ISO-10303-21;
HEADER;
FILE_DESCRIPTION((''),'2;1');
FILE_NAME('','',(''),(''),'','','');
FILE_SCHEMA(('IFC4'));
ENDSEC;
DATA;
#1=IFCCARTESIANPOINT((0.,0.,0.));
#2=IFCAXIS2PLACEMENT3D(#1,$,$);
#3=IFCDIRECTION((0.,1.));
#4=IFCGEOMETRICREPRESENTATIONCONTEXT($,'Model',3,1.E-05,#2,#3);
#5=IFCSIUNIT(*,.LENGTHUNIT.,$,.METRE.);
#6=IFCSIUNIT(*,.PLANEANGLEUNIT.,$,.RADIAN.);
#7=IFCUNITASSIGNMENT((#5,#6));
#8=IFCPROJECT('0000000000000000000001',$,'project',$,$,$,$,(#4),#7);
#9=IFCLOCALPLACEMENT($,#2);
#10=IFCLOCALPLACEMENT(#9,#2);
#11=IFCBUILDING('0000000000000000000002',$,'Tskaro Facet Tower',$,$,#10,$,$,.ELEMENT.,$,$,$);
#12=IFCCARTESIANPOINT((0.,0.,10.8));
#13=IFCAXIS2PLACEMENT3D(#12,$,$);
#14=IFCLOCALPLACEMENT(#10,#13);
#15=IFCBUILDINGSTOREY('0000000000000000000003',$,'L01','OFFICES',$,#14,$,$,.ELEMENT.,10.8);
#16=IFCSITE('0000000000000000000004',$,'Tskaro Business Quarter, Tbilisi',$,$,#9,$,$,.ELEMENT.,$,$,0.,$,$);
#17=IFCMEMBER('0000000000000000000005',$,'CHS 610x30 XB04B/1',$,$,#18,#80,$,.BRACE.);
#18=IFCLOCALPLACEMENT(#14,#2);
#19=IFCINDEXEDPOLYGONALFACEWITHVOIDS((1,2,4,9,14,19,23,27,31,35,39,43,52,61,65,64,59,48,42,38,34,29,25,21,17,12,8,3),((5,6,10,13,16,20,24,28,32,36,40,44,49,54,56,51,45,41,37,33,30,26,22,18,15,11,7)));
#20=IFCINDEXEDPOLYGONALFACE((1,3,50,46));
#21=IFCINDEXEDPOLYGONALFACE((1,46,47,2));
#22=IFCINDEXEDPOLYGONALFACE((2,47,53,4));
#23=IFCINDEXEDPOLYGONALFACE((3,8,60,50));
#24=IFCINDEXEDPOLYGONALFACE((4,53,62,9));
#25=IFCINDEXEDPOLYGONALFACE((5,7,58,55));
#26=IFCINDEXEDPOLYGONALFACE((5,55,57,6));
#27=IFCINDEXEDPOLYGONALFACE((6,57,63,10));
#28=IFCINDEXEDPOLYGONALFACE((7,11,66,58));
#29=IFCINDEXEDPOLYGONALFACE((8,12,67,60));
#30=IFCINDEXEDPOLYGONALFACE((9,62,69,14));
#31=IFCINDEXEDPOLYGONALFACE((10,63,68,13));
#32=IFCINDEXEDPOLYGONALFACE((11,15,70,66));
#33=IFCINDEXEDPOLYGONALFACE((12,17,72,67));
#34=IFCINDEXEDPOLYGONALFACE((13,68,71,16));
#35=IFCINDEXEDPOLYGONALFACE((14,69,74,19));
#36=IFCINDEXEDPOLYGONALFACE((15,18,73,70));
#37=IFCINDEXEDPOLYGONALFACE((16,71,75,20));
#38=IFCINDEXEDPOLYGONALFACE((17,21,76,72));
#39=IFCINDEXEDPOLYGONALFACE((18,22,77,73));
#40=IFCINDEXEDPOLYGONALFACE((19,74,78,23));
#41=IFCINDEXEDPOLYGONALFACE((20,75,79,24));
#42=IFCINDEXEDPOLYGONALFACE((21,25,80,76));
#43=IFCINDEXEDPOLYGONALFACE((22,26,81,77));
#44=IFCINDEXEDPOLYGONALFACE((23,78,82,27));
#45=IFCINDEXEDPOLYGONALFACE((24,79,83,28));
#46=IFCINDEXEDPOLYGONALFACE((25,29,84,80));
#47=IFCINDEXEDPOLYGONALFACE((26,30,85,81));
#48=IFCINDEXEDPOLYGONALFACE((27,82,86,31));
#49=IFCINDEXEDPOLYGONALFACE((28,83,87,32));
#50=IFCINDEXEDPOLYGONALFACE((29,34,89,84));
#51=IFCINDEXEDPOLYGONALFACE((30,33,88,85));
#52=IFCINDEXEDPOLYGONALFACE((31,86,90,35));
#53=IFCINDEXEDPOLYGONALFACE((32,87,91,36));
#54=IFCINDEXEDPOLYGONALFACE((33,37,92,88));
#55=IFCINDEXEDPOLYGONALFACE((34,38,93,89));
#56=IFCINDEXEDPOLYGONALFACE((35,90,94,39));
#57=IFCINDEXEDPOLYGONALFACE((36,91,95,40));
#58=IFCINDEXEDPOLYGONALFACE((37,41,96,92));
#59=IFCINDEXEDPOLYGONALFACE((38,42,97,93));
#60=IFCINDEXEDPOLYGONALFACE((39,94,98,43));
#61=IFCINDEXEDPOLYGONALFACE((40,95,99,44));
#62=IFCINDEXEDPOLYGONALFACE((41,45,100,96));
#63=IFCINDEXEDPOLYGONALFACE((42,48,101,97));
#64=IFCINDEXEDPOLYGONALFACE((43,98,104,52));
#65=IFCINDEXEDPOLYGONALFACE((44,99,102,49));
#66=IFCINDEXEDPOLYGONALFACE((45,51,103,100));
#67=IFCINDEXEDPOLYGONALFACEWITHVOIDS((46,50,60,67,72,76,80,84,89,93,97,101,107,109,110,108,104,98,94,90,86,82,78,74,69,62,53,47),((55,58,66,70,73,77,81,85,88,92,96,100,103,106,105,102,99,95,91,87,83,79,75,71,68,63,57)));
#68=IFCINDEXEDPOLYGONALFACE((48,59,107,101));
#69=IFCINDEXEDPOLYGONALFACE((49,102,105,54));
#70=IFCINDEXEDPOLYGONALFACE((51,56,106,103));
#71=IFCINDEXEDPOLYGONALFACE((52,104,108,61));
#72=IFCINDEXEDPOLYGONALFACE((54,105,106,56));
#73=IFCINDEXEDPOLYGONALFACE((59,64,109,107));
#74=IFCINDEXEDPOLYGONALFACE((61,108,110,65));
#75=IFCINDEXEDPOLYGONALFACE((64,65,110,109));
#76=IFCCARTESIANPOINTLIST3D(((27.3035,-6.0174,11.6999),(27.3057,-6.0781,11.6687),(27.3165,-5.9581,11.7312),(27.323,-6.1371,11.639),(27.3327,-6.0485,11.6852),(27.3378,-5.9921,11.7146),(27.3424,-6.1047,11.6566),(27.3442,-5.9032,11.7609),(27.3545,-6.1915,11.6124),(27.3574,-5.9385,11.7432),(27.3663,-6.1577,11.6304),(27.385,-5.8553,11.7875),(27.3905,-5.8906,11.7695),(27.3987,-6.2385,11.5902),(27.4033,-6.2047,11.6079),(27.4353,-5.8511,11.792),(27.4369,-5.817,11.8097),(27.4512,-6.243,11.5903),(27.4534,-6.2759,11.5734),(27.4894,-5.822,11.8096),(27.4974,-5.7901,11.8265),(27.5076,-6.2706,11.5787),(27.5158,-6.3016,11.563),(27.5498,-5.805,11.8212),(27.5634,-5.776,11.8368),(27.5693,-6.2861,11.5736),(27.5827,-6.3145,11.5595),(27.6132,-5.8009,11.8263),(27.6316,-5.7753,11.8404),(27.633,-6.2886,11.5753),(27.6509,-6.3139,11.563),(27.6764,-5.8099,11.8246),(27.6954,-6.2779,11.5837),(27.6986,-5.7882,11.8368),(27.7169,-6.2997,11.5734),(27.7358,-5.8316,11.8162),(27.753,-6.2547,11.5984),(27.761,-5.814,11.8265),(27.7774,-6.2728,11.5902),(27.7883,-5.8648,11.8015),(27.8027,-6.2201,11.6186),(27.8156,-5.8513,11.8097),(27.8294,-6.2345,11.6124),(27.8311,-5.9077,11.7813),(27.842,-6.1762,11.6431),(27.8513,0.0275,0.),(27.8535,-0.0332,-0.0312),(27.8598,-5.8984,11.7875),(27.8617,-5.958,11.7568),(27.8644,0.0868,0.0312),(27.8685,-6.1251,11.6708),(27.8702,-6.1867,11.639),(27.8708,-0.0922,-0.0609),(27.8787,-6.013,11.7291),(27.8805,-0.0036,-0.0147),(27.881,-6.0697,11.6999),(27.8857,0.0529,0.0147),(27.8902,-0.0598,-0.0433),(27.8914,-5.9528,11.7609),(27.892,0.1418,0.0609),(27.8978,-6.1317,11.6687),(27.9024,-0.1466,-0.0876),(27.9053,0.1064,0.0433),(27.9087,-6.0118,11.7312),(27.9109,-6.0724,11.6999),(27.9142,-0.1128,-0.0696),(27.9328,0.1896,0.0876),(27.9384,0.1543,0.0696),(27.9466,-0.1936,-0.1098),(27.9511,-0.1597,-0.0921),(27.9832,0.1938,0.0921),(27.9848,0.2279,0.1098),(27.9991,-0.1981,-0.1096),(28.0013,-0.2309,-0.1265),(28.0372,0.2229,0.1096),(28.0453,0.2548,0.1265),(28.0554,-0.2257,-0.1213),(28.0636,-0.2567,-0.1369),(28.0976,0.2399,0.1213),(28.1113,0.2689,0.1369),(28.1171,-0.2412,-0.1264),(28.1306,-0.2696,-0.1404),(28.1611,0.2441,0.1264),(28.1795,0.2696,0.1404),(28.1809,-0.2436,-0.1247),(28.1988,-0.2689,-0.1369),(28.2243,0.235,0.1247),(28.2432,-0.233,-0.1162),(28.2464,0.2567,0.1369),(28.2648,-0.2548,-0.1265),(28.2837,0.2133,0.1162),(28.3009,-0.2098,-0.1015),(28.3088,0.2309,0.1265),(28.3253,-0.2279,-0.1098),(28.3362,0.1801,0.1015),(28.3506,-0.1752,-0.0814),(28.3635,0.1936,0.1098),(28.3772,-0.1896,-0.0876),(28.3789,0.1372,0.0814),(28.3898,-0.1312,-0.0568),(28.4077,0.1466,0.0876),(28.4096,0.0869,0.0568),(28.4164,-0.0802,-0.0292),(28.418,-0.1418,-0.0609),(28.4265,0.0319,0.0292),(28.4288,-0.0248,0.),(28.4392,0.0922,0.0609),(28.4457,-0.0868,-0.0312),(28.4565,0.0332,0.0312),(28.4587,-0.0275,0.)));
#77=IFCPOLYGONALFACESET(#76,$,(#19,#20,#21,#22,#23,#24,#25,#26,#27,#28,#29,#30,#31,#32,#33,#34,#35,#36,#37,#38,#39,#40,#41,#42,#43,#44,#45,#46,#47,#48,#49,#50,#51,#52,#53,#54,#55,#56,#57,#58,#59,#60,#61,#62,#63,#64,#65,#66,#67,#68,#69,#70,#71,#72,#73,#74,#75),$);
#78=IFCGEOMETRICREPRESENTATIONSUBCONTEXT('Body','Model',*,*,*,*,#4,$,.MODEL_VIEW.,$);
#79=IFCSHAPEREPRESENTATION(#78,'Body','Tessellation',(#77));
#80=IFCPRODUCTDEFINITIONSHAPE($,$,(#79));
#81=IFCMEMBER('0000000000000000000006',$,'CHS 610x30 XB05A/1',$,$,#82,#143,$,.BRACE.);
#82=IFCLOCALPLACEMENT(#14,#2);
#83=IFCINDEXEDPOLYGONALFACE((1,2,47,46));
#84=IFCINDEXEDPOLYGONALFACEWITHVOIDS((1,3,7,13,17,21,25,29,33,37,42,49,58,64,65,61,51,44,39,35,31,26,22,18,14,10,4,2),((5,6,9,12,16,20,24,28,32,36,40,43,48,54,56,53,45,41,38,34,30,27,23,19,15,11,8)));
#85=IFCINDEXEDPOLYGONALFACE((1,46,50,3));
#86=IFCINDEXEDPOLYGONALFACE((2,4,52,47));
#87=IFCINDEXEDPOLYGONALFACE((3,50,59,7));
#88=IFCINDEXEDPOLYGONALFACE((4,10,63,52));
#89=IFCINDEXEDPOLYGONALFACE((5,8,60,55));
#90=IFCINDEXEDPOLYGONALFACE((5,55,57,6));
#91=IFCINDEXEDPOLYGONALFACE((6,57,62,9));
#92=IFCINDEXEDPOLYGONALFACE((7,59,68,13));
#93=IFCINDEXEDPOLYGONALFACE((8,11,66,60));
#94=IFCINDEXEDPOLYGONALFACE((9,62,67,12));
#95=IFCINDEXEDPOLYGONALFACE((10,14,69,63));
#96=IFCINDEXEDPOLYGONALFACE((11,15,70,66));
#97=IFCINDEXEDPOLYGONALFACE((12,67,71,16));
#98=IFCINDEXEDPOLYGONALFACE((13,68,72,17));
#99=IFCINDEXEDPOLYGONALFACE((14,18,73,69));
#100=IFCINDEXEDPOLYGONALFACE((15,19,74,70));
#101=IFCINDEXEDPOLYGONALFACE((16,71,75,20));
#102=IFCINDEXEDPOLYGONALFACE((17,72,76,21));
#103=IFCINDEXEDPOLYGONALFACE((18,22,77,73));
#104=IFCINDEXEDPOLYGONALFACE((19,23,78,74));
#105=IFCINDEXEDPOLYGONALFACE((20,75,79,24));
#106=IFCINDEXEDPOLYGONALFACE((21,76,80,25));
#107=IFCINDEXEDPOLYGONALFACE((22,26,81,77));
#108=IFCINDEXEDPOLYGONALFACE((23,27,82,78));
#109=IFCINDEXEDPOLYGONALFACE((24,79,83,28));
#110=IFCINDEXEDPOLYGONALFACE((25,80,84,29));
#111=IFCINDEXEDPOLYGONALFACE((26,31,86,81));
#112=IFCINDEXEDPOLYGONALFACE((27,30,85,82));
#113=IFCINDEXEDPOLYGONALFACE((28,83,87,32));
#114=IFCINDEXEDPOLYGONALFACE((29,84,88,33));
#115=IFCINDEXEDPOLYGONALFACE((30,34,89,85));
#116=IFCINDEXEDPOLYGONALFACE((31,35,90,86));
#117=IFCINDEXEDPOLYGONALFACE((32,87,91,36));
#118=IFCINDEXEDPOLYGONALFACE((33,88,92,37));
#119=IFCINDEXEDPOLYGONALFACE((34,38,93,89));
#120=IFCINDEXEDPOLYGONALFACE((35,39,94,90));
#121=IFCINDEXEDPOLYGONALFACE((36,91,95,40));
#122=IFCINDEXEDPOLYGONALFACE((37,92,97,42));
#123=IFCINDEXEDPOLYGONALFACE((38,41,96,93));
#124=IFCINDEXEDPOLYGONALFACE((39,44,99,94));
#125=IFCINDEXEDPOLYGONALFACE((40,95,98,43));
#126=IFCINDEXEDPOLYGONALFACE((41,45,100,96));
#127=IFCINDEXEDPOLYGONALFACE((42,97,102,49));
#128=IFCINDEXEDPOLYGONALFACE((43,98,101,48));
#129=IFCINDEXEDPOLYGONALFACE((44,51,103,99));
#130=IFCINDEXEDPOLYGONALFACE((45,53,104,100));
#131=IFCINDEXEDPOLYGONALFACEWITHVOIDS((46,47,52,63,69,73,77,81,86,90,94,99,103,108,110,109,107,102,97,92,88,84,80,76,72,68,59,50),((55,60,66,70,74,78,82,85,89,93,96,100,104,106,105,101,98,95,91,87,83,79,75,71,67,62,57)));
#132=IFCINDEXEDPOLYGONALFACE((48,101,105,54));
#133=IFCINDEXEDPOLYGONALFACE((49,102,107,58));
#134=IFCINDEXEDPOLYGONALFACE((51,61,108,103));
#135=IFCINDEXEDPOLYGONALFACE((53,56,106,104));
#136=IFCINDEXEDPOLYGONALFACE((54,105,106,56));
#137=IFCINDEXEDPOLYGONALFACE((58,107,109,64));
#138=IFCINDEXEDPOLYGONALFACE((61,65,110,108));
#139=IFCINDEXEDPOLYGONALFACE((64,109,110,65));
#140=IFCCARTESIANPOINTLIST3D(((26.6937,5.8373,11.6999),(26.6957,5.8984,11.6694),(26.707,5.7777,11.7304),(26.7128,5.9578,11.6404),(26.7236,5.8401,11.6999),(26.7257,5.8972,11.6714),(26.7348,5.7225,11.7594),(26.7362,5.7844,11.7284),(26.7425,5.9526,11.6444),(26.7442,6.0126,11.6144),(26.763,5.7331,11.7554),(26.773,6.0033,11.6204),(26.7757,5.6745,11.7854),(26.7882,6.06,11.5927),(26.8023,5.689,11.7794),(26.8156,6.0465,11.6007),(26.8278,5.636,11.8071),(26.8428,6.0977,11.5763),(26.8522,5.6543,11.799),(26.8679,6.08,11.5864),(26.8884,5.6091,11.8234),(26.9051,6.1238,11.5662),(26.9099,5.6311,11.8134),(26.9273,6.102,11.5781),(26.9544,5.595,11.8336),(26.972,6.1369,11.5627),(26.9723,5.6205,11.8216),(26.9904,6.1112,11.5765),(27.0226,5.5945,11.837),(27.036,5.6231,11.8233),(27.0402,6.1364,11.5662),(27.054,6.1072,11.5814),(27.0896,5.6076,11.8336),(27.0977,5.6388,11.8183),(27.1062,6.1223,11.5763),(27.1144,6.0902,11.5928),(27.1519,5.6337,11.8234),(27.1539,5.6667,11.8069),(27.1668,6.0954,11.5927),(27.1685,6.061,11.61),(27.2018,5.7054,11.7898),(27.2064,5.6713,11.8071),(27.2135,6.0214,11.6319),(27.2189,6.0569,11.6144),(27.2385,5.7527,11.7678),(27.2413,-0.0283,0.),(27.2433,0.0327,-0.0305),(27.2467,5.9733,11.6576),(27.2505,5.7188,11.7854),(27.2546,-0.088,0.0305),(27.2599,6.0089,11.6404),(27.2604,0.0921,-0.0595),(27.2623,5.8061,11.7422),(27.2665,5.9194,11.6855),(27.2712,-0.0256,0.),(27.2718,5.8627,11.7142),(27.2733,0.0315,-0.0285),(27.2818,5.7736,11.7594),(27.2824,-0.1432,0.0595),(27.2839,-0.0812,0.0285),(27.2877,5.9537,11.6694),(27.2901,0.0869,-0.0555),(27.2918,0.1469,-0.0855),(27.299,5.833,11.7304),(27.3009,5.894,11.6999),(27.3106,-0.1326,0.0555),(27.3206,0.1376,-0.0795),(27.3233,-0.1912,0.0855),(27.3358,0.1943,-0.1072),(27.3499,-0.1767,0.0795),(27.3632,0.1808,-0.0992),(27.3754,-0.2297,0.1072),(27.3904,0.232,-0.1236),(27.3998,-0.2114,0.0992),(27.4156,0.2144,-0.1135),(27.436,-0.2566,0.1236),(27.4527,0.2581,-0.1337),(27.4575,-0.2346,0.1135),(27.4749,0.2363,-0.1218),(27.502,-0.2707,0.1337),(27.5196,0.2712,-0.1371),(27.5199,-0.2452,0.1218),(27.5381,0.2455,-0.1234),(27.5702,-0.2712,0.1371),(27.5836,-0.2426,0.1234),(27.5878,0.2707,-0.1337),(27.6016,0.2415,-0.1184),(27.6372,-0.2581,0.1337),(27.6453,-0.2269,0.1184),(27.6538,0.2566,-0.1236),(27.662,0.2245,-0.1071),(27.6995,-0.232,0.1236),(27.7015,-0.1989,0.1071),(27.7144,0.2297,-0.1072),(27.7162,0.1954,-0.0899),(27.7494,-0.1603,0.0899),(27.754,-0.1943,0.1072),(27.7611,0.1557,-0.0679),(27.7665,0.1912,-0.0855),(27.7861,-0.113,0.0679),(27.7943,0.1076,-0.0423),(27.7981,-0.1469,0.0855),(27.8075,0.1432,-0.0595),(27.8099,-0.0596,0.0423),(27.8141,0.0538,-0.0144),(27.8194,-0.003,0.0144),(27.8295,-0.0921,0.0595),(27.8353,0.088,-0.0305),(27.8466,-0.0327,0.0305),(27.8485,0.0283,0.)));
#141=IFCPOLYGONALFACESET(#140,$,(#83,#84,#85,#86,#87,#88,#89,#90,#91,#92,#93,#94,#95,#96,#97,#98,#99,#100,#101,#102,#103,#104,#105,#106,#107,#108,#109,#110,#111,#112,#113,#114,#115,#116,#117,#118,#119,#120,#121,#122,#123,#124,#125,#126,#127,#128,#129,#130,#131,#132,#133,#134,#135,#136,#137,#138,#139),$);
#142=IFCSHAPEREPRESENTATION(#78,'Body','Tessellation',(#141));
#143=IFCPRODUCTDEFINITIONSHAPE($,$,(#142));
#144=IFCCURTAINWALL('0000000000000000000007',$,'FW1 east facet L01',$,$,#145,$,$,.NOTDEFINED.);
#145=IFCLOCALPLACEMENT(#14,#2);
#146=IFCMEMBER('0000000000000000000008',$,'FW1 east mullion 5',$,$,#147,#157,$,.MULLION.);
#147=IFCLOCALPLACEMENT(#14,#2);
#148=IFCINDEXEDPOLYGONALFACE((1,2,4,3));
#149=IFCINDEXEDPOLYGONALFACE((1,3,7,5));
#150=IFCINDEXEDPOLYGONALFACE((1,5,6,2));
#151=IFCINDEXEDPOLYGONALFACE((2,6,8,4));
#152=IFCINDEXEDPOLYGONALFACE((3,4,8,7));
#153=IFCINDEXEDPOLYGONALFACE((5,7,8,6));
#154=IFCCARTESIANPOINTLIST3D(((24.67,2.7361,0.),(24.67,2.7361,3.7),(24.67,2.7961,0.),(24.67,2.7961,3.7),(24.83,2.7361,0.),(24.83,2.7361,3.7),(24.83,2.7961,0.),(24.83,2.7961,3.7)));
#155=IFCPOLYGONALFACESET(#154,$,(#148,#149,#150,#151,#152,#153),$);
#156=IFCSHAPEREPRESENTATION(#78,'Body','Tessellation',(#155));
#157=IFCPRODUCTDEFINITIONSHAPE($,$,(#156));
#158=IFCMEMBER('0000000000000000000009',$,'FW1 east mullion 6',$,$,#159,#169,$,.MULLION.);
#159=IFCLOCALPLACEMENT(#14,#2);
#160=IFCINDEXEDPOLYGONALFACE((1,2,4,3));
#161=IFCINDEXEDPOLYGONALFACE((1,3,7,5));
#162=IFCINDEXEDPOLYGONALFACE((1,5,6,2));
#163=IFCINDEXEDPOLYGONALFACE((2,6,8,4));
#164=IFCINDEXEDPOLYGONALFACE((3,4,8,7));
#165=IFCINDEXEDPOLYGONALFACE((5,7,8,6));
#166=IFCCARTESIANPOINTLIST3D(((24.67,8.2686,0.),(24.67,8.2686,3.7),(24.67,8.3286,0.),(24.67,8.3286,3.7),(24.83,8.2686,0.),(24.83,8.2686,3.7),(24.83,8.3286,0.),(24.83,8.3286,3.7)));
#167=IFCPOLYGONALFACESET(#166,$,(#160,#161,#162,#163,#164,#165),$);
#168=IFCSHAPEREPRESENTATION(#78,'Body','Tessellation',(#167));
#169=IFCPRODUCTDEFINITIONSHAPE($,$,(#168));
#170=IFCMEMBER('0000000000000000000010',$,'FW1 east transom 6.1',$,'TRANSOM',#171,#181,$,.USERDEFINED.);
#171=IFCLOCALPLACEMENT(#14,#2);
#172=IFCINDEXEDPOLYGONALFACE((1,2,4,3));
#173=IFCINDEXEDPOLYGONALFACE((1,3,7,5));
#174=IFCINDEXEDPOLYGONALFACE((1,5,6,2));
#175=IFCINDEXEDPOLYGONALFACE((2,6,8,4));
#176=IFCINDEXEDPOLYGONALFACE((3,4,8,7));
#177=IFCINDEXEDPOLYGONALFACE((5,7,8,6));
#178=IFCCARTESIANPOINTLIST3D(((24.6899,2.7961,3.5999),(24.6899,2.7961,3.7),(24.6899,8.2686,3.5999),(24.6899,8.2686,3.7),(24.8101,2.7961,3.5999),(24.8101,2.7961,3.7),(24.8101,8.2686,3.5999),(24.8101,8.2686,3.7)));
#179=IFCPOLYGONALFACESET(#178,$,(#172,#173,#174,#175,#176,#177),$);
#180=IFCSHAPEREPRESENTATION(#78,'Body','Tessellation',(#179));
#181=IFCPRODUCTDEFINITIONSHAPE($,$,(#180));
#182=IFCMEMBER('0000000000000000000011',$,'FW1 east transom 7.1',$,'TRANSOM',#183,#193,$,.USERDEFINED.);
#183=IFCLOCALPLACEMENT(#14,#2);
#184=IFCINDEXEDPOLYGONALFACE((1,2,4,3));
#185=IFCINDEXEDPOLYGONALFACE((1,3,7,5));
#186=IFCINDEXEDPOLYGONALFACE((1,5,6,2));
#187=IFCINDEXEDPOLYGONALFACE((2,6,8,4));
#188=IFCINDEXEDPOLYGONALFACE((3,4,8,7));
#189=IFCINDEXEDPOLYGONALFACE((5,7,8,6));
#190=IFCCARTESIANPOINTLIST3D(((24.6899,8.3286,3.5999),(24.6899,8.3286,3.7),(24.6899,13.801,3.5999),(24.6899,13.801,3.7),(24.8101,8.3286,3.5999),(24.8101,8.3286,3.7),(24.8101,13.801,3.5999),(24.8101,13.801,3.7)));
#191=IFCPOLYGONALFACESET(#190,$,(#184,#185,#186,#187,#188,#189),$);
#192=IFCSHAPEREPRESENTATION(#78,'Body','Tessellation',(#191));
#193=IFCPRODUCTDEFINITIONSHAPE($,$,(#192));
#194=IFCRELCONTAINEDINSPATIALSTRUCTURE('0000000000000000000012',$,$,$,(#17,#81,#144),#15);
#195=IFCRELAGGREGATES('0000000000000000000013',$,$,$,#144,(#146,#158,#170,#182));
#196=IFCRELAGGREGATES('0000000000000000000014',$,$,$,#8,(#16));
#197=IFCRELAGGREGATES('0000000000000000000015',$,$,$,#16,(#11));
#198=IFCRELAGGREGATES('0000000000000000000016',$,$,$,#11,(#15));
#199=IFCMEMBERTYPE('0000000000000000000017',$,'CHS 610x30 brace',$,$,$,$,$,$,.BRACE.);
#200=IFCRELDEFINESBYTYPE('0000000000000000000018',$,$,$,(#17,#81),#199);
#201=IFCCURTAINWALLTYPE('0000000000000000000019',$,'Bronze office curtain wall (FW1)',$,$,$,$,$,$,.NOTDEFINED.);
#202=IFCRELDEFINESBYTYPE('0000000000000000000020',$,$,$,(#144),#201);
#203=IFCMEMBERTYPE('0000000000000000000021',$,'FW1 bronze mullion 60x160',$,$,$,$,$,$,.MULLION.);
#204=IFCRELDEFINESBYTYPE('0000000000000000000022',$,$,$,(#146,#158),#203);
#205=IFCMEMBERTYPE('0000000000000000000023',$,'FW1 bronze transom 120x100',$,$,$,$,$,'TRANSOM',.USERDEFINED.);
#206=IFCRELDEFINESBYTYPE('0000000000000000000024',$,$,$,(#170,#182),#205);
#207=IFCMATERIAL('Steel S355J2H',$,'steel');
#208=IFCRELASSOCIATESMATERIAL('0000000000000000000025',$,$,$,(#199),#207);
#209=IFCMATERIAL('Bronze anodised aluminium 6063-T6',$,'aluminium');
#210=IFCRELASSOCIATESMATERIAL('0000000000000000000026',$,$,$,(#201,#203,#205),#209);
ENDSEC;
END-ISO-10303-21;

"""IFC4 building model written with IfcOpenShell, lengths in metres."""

from ifc_helpers import new_model, si_unit, direction, frame, origin, origin_2d, place, context, subcontext, project, spatial, rectangle, hollow_circle, extrude, material, material_profile, profile_set, type_object, element, aggregate, save


model = new_model("IFC4")

# Units and contexts
model_context = context("Model", 3, precision=1e-05, world=origin(), true_north=direction((0.0, 1.0)))
body_context = subcontext(model_context, "Body", "Model", "MODEL_VIEW")
ifc_project = project(units=[si_unit("LENGTHUNIT", "METRE"), si_unit("PLANEANGLEUNIT", "RADIAN")], contexts=[model_context])

# Site, building, storey
site_placement = place(None, origin())
site = spatial("IfcSite", under=ifc_project, at=site_placement, Name="Tskaro Business Quarter, Tbilisi", CompositionType="ELEMENT", RefElevation=0.0)
building_placement = place(site_placement, origin())
building = spatial("IfcBuilding", under=site, at=building_placement, Name="Tskaro Facet Tower", CompositionType="ELEMENT")
storey_placement = place(building_placement, frame((0.0, 0.0, 10.8)))
storey = spatial("IfcBuildingStorey", under=building, at=storey_placement, Name="L01", Description="OFFICES", CompositionType="ELEMENT", Elevation=10.8)

# Shared definitions
ifc_material_1 = material(Name="Steel S355J2H", Category="steel")

# Members
ifc_material_profile_1 = material_profile(ifc_material_1, hollow_circle(Radius=0.3049, WallThickness=0.03, at=origin_2d()), Name="CHS 610x30")
ifc_profile_set_1 = profile_set([ifc_material_profile_1], Name="Steel S355J2H")
member_type_1 = type_object("IfcMemberType", Name="CHS 610x30 brace", PredefinedType="BRACE", material=ifc_profile_set_1)
member_1_placement = place(storey_placement, frame((28.155, 0.0, 0.0), z_axis=(-0.041565, -0.45862, 0.88766), x_axis=(0.995918, -0.09026, 0.0)))
element("IfcMember", 1, at=member_1_placement, inside=storey, type_object=member_type_1, Name="CHS 610x30 XB04B/1", PredefinedType="BRACE", context=body_context, shape_type="SweptSolid", body=[
    extrude(hollow_circle(Radius=0.3049, WallThickness=0.03, at=origin_2d()), origin(), (0.0, 0.0, 1.0), 13.1807),
])
member_2_placement = place(storey_placement, frame((27.5449, 0.0, 0.0), z_axis=(-0.041804, 0.447784, 0.893164), x_axis=(-0.99567, -0.092953, 0.0)))
element("IfcMember", 2, at=member_2_placement, inside=storey, type_object=member_type_1, Name="CHS 610x30 XB05A/1", PredefinedType="BRACE", context=body_context, shape_type="SweptSolid", body=[
    extrude(hollow_circle(Radius=0.3049, WallThickness=0.03, at=origin_2d()), origin(), (0.0, 0.0, 1.0), 13.0994),
])

# Curtain wall, members
ifc_material_2 = material(Name="Bronze anodised aluminium 6063-T6", Category="aluminium")
curtain_wall_type = type_object("IfcCurtainWallType", Name="Bronze office curtain wall (FW1)", PredefinedType="NOTDEFINED", material=ifc_material_2)
curtain_wall_placement = place(storey_placement, origin())
curtain_wall = element("IfcCurtainWall", 3, at=curtain_wall_placement, inside=storey, type_object=curtain_wall_type, Name="FW1 east facet L01", PredefinedType="NOTDEFINED")
ifc_material_profile_2 = material_profile(ifc_material_2, rectangle(XDim=0.0601, YDim=0.1599, at=origin_2d()), Name="Mullion 60x160")
ifc_profile_set_2 = profile_set([ifc_material_profile_2], Name="Bronze anodised aluminium 6063-T6")
member_type_2 = type_object("IfcMemberType", Name="FW1 bronze mullion 60x160", PredefinedType="MULLION", material=ifc_profile_set_2)
member_3_placement = place(storey_placement, frame((24.75, 2.7661, 0.0), z_axis=(0.0, 0.0, 1.0), x_axis=(0.0, 1.0, 0.0)))
member_3 = element("IfcMember", 4, at=member_3_placement, type_object=member_type_2, Name="FW1 east mullion 5", PredefinedType="MULLION", context=body_context, shape_type="SweptSolid", body=[
    extrude(rectangle(XDim=0.0601, YDim=0.1599, at=origin_2d()), origin(), (0.0, 0.0, 1.0), 3.7),
])
member_4_placement = place(storey_placement, frame((24.75, 8.2986, 0.0), z_axis=(0.0, 0.0, 1.0), x_axis=(0.0, 1.0, 0.0)))
member_4 = element("IfcMember", 5, at=member_4_placement, type_object=member_type_2, Name="FW1 east mullion 6", PredefinedType="MULLION", context=body_context, shape_type="SweptSolid", body=[
    extrude(rectangle(XDim=0.0601, YDim=0.1599, at=origin_2d()), origin(), (0.0, 0.0, 1.0), 3.7),
])
ifc_material_profile_3 = material_profile(ifc_material_2, rectangle(XDim=0.1201, YDim=0.1001, at=origin_2d()), Name="Transom 120x100")
ifc_profile_set_3 = profile_set([ifc_material_profile_3], Name="Bronze anodised aluminium 6063-T6")
member_type_3 = type_object("IfcMemberType", Name="FW1 bronze transom 120x100", ElementType="TRANSOM", PredefinedType="USERDEFINED", material=ifc_profile_set_3)
member_5_placement = place(storey_placement, frame((24.75, 2.7961, 3.6499), z_axis=(0.0, 1.0, 0.0), x_axis=(-1.0, 0.0, 0.0)))
member_5 = element("IfcMember", 6, at=member_5_placement, type_object=member_type_3, Name="FW1 east transom 6.1", ObjectType="TRANSOM", PredefinedType="USERDEFINED", context=body_context, shape_type="SweptSolid", body=[
    extrude(rectangle(XDim=0.1201, YDim=0.1001, at=origin_2d()), origin(), (0.0, 0.0, 1.0), 5.4724),
])
member_6_placement = place(storey_placement, frame((24.75, 8.3286, 3.6499), z_axis=(0.0, 1.0, 0.0), x_axis=(-1.0, 0.0, 0.0)))
member_6 = element("IfcMember", 7, at=member_6_placement, type_object=member_type_3, Name="FW1 east transom 7.1", ObjectType="TRANSOM", PredefinedType="USERDEFINED", context=body_context, shape_type="SweptSolid", body=[
    extrude(rectangle(XDim=0.1201, YDim=0.1001, at=origin_2d()), origin(), (0.0, 0.0, 1.0), 5.4724),
])

aggregate(curtain_wall, [member_3, member_4, member_5, member_6])

save(model, "model.ifc")
